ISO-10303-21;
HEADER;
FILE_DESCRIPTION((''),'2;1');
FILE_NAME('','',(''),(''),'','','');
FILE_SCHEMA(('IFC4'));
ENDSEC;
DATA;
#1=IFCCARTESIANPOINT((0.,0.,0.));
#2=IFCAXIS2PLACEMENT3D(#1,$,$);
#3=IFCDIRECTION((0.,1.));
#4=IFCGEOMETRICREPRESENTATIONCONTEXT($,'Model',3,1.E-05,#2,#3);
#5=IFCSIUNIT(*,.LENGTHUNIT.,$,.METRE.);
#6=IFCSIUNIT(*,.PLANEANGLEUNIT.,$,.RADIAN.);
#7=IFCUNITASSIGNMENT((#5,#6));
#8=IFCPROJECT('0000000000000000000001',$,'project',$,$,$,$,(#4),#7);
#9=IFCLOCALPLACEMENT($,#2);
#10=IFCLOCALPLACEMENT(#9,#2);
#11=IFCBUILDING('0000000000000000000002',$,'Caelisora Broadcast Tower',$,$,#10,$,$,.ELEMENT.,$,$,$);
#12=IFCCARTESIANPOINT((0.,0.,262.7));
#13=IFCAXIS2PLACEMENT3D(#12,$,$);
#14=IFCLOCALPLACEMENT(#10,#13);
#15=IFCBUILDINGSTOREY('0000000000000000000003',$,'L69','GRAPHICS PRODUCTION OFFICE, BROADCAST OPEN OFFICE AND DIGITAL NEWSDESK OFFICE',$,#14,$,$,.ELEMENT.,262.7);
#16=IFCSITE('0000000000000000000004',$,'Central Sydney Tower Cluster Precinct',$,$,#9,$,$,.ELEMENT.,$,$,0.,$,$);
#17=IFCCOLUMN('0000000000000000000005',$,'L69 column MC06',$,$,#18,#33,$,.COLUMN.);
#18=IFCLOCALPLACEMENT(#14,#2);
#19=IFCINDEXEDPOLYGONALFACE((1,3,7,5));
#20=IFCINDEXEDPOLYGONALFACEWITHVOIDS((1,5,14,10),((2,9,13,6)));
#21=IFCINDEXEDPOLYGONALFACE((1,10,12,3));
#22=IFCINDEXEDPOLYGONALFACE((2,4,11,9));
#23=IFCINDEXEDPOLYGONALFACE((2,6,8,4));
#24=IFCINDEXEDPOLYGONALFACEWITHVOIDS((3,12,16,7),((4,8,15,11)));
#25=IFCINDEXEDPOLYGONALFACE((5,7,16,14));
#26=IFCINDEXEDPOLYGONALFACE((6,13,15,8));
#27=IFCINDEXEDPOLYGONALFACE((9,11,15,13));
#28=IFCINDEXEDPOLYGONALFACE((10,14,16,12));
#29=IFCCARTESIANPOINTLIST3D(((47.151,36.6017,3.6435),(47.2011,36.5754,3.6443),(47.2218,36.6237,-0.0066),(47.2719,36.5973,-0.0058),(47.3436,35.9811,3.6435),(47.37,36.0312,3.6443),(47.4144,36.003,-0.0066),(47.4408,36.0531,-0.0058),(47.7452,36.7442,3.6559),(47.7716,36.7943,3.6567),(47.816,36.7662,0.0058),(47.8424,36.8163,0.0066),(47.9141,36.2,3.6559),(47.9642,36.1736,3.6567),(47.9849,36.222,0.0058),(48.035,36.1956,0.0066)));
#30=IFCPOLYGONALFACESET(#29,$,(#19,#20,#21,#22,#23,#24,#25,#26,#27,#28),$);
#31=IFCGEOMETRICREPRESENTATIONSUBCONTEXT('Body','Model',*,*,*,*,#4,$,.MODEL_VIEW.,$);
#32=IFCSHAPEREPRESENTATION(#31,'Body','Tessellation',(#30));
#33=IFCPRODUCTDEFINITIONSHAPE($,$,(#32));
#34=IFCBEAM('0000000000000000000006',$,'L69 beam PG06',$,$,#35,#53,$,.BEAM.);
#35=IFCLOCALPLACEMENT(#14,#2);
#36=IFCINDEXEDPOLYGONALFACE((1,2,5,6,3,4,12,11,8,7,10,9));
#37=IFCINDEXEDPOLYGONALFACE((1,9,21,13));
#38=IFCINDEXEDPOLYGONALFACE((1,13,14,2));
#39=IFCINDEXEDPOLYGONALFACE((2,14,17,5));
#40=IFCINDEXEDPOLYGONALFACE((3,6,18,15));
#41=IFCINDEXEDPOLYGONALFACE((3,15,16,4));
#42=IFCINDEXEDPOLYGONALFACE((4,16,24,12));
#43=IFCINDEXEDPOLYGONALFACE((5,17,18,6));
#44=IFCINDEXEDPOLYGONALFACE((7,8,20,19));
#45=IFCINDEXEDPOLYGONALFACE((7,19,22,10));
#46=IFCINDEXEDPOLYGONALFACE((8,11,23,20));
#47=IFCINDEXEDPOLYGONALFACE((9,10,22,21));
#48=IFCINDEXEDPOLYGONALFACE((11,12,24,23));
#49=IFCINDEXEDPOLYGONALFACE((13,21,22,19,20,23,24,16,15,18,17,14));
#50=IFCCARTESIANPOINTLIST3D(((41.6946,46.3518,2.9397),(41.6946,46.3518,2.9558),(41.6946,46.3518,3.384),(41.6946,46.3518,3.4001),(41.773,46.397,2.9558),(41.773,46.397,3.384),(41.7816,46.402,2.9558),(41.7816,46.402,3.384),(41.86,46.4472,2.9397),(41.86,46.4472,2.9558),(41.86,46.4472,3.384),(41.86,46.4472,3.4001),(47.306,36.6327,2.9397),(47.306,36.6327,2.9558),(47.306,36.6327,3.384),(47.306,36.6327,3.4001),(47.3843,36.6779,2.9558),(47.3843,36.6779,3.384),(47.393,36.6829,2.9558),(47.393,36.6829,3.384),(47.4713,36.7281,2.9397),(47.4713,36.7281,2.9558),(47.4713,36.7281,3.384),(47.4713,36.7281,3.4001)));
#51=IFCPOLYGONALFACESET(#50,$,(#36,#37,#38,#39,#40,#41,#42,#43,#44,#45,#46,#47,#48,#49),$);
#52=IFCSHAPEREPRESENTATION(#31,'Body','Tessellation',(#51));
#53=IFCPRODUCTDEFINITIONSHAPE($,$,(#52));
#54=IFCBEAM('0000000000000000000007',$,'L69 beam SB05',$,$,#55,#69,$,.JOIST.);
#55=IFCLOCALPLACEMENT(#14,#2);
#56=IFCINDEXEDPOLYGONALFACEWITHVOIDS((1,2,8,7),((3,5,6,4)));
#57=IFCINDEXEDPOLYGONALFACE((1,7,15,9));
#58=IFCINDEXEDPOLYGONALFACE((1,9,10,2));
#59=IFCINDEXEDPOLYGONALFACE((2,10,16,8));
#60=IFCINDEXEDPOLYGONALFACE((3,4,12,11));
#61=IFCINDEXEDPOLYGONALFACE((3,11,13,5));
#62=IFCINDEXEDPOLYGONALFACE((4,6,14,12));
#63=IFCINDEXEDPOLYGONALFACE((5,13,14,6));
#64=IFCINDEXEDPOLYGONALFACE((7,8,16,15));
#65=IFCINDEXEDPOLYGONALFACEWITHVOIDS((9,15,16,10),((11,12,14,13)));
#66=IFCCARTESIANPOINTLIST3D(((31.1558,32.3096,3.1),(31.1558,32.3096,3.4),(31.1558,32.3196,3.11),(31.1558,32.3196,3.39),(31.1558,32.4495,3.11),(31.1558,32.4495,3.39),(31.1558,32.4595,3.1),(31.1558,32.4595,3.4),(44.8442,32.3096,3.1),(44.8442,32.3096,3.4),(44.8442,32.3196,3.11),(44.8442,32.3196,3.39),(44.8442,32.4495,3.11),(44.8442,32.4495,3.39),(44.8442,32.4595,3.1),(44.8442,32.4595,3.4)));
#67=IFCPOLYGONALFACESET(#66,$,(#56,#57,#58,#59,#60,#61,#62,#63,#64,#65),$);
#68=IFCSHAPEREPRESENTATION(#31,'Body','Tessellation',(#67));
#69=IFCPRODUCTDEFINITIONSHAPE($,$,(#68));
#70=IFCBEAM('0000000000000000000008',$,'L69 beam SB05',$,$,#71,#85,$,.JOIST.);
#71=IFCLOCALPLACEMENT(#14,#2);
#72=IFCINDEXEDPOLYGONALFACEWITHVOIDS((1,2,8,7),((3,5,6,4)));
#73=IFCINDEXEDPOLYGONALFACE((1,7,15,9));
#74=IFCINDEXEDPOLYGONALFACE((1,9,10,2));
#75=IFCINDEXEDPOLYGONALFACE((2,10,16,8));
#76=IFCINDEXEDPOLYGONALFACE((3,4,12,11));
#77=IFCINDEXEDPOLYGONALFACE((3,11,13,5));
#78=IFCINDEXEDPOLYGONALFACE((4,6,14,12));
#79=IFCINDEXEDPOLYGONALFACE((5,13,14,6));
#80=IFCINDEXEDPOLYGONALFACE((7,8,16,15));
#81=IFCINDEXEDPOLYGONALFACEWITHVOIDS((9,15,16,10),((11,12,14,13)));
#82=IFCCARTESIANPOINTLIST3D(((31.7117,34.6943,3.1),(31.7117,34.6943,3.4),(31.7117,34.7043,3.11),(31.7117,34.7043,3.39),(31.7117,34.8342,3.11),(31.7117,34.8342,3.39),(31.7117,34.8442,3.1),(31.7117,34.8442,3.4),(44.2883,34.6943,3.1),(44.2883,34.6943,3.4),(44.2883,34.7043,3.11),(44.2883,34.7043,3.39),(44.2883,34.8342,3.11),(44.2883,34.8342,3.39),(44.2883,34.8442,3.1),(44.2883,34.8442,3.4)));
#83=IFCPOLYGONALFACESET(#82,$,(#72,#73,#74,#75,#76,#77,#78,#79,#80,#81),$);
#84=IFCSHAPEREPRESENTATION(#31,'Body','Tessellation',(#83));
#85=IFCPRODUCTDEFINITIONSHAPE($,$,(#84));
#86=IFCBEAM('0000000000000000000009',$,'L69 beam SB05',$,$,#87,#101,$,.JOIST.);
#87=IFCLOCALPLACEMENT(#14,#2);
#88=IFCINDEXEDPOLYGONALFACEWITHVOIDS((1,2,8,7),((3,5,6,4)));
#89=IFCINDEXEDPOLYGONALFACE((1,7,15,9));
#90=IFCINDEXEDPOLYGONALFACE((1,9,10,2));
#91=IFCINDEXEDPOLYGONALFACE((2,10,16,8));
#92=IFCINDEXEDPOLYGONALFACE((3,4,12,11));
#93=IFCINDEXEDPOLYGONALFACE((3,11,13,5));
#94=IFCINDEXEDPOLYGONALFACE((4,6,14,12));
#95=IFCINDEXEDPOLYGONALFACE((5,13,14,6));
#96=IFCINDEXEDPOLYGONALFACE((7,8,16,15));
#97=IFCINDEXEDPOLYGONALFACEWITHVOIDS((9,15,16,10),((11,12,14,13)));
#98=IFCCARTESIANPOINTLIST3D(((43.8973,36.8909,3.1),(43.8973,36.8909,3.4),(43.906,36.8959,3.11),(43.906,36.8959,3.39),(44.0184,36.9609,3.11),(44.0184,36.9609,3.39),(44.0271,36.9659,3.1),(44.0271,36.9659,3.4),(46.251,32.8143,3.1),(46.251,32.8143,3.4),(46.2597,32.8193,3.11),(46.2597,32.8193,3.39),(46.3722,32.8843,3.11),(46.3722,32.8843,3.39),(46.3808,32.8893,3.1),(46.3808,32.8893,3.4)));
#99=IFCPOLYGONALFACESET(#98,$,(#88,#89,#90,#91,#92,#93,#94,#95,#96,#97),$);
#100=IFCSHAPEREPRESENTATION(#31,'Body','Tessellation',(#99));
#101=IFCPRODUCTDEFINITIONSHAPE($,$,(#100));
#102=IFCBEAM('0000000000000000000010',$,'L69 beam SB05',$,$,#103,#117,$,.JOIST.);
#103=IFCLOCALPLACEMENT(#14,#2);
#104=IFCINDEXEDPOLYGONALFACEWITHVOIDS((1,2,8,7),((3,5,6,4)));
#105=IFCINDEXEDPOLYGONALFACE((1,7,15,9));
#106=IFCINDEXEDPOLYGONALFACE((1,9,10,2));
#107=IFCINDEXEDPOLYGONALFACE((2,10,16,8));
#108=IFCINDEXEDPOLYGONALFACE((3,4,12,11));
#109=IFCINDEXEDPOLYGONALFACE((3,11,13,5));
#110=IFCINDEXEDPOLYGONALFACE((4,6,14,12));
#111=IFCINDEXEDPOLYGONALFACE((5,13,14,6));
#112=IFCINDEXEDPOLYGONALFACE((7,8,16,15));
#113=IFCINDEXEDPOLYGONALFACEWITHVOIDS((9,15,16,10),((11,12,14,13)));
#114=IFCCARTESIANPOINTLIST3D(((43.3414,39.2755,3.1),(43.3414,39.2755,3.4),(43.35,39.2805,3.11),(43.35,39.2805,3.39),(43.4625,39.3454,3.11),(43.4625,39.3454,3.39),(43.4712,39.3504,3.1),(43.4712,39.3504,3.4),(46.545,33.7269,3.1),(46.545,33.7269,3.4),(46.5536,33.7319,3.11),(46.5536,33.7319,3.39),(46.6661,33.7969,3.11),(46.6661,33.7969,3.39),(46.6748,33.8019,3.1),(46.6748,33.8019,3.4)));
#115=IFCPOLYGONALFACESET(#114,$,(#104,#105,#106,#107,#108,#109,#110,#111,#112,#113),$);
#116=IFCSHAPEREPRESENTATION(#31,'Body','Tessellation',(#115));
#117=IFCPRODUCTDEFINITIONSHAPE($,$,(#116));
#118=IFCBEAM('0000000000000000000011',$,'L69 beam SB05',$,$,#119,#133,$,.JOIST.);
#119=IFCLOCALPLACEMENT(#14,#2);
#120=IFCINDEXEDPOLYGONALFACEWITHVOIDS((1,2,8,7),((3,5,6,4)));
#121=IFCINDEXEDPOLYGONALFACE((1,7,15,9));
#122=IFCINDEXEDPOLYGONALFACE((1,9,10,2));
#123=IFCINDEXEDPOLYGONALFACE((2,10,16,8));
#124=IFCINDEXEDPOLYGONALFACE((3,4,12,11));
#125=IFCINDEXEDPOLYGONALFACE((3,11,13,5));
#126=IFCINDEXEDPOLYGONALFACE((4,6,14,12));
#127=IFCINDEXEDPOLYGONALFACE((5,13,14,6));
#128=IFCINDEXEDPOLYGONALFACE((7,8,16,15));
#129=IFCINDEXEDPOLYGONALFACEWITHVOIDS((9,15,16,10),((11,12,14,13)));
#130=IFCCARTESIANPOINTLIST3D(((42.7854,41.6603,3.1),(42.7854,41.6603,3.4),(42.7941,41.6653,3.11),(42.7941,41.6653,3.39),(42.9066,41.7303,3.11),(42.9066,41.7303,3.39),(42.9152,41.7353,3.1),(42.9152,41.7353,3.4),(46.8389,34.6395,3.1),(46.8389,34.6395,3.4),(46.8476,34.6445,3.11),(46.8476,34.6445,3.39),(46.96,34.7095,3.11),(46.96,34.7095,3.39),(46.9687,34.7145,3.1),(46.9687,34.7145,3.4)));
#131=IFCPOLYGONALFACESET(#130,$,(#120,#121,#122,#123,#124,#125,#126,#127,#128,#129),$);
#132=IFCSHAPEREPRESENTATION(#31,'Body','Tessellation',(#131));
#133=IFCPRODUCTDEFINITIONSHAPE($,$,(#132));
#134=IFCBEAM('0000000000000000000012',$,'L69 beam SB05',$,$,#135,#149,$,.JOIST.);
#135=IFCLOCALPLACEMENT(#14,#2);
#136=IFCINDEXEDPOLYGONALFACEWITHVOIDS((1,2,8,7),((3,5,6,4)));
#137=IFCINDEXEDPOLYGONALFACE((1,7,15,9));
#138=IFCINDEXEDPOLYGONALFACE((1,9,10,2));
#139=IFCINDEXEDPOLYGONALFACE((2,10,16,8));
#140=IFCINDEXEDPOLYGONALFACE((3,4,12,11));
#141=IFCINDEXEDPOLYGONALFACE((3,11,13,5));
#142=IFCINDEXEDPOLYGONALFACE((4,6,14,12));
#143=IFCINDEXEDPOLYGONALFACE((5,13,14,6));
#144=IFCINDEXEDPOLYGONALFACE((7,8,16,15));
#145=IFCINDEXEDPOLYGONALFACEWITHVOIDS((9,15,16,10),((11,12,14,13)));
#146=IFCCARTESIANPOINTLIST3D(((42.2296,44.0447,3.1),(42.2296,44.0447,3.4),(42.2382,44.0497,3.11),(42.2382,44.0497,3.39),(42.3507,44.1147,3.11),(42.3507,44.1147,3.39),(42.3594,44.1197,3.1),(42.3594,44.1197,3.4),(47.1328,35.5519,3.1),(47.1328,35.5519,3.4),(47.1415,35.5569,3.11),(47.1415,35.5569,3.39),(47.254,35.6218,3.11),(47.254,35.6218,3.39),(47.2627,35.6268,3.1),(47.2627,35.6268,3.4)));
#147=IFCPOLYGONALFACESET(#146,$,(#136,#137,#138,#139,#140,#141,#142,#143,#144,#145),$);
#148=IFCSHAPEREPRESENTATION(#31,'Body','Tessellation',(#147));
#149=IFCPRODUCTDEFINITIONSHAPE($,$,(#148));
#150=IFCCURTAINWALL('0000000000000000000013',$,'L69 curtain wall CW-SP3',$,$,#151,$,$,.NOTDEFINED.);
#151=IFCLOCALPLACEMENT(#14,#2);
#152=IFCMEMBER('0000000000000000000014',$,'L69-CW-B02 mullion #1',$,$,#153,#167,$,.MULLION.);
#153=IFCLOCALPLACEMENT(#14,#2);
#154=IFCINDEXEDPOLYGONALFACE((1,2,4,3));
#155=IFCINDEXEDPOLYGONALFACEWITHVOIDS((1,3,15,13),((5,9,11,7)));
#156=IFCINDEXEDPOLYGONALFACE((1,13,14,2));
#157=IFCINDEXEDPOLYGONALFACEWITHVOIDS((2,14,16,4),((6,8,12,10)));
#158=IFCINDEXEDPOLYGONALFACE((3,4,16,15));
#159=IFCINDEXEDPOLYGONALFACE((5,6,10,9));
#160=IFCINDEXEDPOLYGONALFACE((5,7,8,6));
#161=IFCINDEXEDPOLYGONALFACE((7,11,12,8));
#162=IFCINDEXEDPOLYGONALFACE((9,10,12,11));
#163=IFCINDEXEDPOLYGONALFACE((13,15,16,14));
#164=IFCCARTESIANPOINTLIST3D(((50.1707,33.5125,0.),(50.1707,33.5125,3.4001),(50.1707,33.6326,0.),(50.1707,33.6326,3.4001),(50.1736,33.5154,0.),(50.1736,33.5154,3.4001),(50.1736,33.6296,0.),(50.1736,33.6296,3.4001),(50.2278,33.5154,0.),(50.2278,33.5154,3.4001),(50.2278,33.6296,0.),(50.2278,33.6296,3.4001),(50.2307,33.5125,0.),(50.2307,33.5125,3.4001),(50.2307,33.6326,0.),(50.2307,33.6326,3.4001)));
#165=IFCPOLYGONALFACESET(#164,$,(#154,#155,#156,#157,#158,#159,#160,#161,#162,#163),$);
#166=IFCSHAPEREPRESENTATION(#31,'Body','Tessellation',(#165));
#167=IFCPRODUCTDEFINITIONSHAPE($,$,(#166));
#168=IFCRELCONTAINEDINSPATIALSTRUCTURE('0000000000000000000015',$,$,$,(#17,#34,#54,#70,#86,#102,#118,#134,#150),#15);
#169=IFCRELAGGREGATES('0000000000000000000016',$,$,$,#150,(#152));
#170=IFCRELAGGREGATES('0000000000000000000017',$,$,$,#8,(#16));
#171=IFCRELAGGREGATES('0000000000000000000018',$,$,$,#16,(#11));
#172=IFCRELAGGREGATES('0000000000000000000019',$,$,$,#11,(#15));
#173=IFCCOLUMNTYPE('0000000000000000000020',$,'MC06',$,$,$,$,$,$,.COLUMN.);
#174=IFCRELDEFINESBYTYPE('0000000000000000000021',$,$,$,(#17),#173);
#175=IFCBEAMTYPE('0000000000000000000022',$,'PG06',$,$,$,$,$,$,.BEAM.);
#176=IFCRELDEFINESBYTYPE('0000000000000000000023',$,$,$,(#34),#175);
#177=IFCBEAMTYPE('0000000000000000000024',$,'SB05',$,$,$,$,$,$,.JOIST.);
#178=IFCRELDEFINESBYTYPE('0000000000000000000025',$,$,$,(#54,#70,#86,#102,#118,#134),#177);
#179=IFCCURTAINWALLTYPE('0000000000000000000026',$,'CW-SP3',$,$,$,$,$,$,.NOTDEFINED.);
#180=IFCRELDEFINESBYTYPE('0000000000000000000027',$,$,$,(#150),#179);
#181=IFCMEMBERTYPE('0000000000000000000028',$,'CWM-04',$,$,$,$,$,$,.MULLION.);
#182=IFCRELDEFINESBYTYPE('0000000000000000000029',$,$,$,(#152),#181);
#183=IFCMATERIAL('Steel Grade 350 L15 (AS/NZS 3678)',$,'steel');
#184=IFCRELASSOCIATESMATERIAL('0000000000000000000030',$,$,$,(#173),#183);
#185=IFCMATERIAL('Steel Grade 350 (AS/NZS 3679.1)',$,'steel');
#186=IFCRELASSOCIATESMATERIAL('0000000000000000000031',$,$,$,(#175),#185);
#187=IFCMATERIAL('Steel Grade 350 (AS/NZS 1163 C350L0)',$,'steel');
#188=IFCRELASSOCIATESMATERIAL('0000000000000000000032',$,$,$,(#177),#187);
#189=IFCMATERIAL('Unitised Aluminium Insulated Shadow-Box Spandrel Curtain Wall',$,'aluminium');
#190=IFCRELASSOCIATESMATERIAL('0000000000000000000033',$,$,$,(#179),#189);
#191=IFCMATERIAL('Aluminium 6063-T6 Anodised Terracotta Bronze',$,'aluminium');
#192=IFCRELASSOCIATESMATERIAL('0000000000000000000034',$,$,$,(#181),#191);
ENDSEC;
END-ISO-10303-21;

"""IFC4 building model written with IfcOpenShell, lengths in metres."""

from ifc_helpers import new_model, si_unit, direction, frame, origin, origin_2d, place, context, subcontext, project, spatial, hollow_rectangle, i_section, extrude, source, transform, mapped, material, material_profile, profile_set, type_object, type_shapes, element, aggregate, save


model = new_model("IFC4")

# Units and contexts
model_context = context("Model", 3, precision=1e-05, world=origin(), true_north=direction((0.0, 1.0)))
body_context = subcontext(model_context, "Body", "Model", "MODEL_VIEW")
ifc_project = project(units=[si_unit("LENGTHUNIT", "METRE"), si_unit("PLANEANGLEUNIT", "RADIAN")], contexts=[model_context])

# Site, building, storey
site_placement = place(None, origin())
site = spatial("IfcSite", under=ifc_project, at=site_placement, Name="Central Sydney Tower Cluster Precinct", CompositionType="ELEMENT", RefElevation=0.0)
building_placement = place(site_placement, origin())
building = spatial("IfcBuilding", under=site, at=building_placement, Name="Caelisora Broadcast Tower", CompositionType="ELEMENT")
storey_placement = place(building_placement, frame((0.0, 0.0, 262.7)))
storey = spatial("IfcBuildingStorey", under=building, at=storey_placement, Name="L69", Description="GRAPHICS PRODUCTION OFFICE, BROADCAST OPEN OFFICE AND DIGITAL NEWSDESK OFFICE", CompositionType="ELEMENT", Elevation=262.7)

# Column
ifc_material_1 = material(Name="Steel Grade 350 L15 (AS/NZS 3678)", Category="steel")
ifc_material_profile_1 = material_profile(ifc_material_1, hollow_rectangle(XDim=0.6499, YDim=0.6499, WallThickness=0.04, at=origin_2d()), Name="Steel Grade 350 L15 (AS/NZS 3678)")
ifc_profile_set_1 = profile_set([ifc_material_profile_1], Name="Steel Grade 350 L15 (AS/NZS 3678)")
column_type = type_object("IfcColumnType", Name="MC06", PredefinedType="COLUMN", material=ifc_profile_set_1)
shared_shape_1 = source(origin(), body_context, "Body", "SweptSolid", [
    extrude(hollow_rectangle(XDim=0.6499, YDim=0.6499, WallThickness=0.04, at=origin_2d()), origin(), (0.0, 0.0, 1.0), 3.6509),
])
type_shapes(column_type, [shared_shape_1])
column_placement = place(storey_placement, frame((47.6284, 36.4097, 0.0), z_axis=(-0.019393, -0.006018, 0.999794), x_axis=(0.296399, -0.955064, 0.0)))
element("IfcColumn", 1, at=column_placement, inside=storey, type_object=column_type, Name="L69 column MC06", PredefinedType="COLUMN", context=body_context, shape_type="MappedRepresentation", body=[
    mapped(shared_shape_1, transform((0.0, 0.0, 0.0), scale=1.0)),
])

# Beams
ifc_material_2 = material(Name="Steel Grade 350 (AS/NZS 3679.1)", Category="steel")
ifc_material_profile_2 = material_profile(ifc_material_2, i_section(OverallWidth=0.1909, OverallDepth=0.4604, WebThickness=0.01, FlangeThickness=0.0161, at=origin_2d()), Name="Steel Grade 350 (AS/NZS 3679.1)")
ifc_profile_set_2 = profile_set([ifc_material_profile_2], Name="Steel Grade 350 (AS/NZS 3679.1)")
beam_type_1 = type_object("IfcBeamType", Name="PG06", PredefinedType="BEAM", material=ifc_profile_set_2)
shared_shape_2 = source(origin(), body_context, "Body", "SweptSolid", [
    extrude(i_section(OverallWidth=0.1909, OverallDepth=0.4604, WebThickness=0.01, FlangeThickness=0.0161, at=origin_2d()), origin(), (0.0, 0.0, 1.0), 11.2227),
])
type_shapes(beam_type_1, [shared_shape_2])
beam_1_placement = place(storey_placement, frame((47.3887, 36.6804, 3.1699), z_axis=(-0.500004, 0.866023, 0.0), x_axis=(-0.866023, -0.500004, 0.0)))
element("IfcBeam", 2, at=beam_1_placement, inside=storey, type_object=beam_type_1, Name="L69 beam PG06", PredefinedType="BEAM", context=body_context, shape_type="MappedRepresentation", body=[
    mapped(shared_shape_2, transform((0.0, 0.0, 0.0), scale=1.0)),
])
ifc_material_3 = material(Name="Steel Grade 350 (AS/NZS 1163 C350L0)", Category="steel")
ifc_material_profile_3 = material_profile(ifc_material_3, hollow_rectangle(XDim=0.1499, YDim=0.3, WallThickness=0.01, at=origin_2d()), Name="Steel Grade 350 (AS/NZS 1163 C350L0)")
ifc_profile_set_3 = profile_set([ifc_material_profile_3], Name="Steel Grade 350 (AS/NZS 1163 C350L0)")
beam_type_2 = type_object("IfcBeamType", Name="SB05", PredefinedType="JOIST", material=ifc_profile_set_3)
shared_shape_3 = source(origin(), body_context, "Body", "SweptSolid", [
    extrude(hollow_rectangle(XDim=0.1499, YDim=0.3, WallThickness=0.01, at=origin_2d()), origin(), (0.0, 0.0, 1.0), 13.6885),
])
beam_2_placement = place(storey_placement, frame((44.8442, 32.3845, 3.25), z_axis=(-1.0, 0.0, 0.0), x_axis=(0.0, -1.0, 0.0)))
element("IfcBeam", 3, at=beam_2_placement, inside=storey, type_object=beam_type_2, Name="L69 beam SB05", PredefinedType="JOIST", context=body_context, shape_type="MappedRepresentation", body=[
    mapped(shared_shape_3, transform((0.0, 0.0, 0.0), scale=1.0)),
])
shared_shape_4 = source(origin(), body_context, "Body", "SweptSolid", [
    extrude(hollow_rectangle(XDim=0.1499, YDim=0.3, WallThickness=0.01, at=origin_2d()), origin(), (0.0, 0.0, 1.0), 12.5767),
])
beam_3_placement = place(storey_placement, frame((44.2883, 34.7693, 3.25), z_axis=(-1.0, 0.0, 0.0), x_axis=(0.0, -1.0, 0.0)))
element("IfcBeam", 4, at=beam_3_placement, inside=storey, type_object=beam_type_2, Name="L69 beam SB05", PredefinedType="JOIST", context=body_context, shape_type="MappedRepresentation", body=[
    mapped(shared_shape_4, transform((0.0, 0.0, 0.0), scale=1.0)),
])
shared_shape_5 = source(origin(), body_context, "Body", "SweptSolid", [
    extrude(hollow_rectangle(XDim=0.1499, YDim=0.3, WallThickness=0.01, at=origin_2d()), origin(), (0.0, 0.0, 1.0), 4.7073),
])
beam_4_placement = place(storey_placement, frame((46.3159, 32.8518, 3.25), z_axis=(-0.500016, 0.866016, 0.0), x_axis=(-0.866016, -0.500016, 0.0)))
element("IfcBeam", 5, at=beam_4_placement, inside=storey, type_object=beam_type_2, Name="L69 beam SB05", PredefinedType="JOIST", context=body_context, shape_type="MappedRepresentation", body=[
    mapped(shared_shape_5, transform((0.0, 0.0, 0.0), scale=1.0)),
])
shared_shape_6 = source(origin(), body_context, "Body", "SweptSolid", [
    extrude(hollow_rectangle(XDim=0.1499, YDim=0.3, WallThickness=0.01, at=origin_2d()), origin(), (0.0, 0.0, 1.0), 6.407),
])
beam_5_placement = place(storey_placement, frame((46.6099, 33.7644, 3.25), z_axis=(-0.500016, 0.866016, 0.0), x_axis=(-0.866016, -0.500016, 0.0)))
element("IfcBeam", 6, at=beam_5_placement, inside=storey, type_object=beam_type_2, Name="L69 beam SB05", PredefinedType="JOIST", context=body_context, shape_type="MappedRepresentation", body=[
    mapped(shared_shape_6, transform((0.0, 0.0, 0.0), scale=1.0)),
])
shared_shape_7 = source(origin(), body_context, "Body", "SweptSolid", [
    extrude(hollow_rectangle(XDim=0.1499, YDim=0.3, WallThickness=0.01, at=origin_2d()), origin(), (0.0, 0.0, 1.0), 8.1069),
])
beam_6_placement = place(storey_placement, frame((46.9038, 34.677, 3.25), z_axis=(-0.500003, 0.866024, 0.0), x_axis=(-0.866024, -0.500003, 0.0)))
element("IfcBeam", 7, at=beam_6_placement, inside=storey, type_object=beam_type_2, Name="L69 beam SB05", PredefinedType="JOIST", context=body_context, shape_type="MappedRepresentation", body=[
    mapped(shared_shape_7, transform((0.0, 0.0, 0.0), scale=1.0)),
])
shared_shape_8 = source(origin(), body_context, "Body", "SweptSolid", [
    extrude(hollow_rectangle(XDim=0.1499, YDim=0.3, WallThickness=0.01, at=origin_2d()), origin(), (0.0, 0.0, 1.0), 9.8066),
])
type_shapes(beam_type_2, [shared_shape_3, shared_shape_4, shared_shape_5, shared_shape_6, shared_shape_7, shared_shape_8])
beam_7_placement = place(storey_placement, frame((47.1978, 35.5894, 3.25), z_axis=(-0.499995, 0.866028, 0.0), x_axis=(-0.866028, -0.499995, 0.0)))
element("IfcBeam", 8, at=beam_7_placement, inside=storey, type_object=beam_type_2, Name="L69 beam SB05", PredefinedType="JOIST", context=body_context, shape_type="MappedRepresentation", body=[
    mapped(shared_shape_8, transform((0.0, 0.0, 0.0), scale=1.0)),
])

# Curtain wall, member
ifc_material_4 = material(Name="Unitised Aluminium Insulated Shadow-Box Spandrel Curtain Wall", Category="aluminium")
curtain_wall_type = type_object("IfcCurtainWallType", Name="CW-SP3", PredefinedType="NOTDEFINED", material=ifc_material_4)
curtain_wall_placement = place(storey_placement, origin())
curtain_wall = element("IfcCurtainWall", 9, at=curtain_wall_placement, inside=storey, type_object=curtain_wall_type, Name="L69 curtain wall CW-SP3", PredefinedType="NOTDEFINED")
ifc_material_5 = material(Name="Aluminium 6063-T6 Anodised Terracotta Bronze", Category="aluminium")
ifc_material_profile_4 = material_profile(ifc_material_5, hollow_rectangle(XDim=0.0601, YDim=0.1201, WallThickness=0.0029, at=origin_2d()), Name="Aluminium 6063-T6 Anodised Terracotta Bronze")
ifc_profile_set_4 = profile_set([ifc_material_profile_4], Name="Aluminium 6063-T6 Anodised Terracotta Bronze")
member_type = type_object("IfcMemberType", Name="CWM-04", PredefinedType="MULLION", material=ifc_profile_set_4)
shared_shape_9 = source(origin(), body_context, "Body", "SweptSolid", [
    extrude(hollow_rectangle(XDim=0.0601, YDim=0.1201, WallThickness=0.0029, at=origin_2d()), origin(), (0.0, 0.0, 1.0), 3.4001),
])
type_shapes(member_type, [shared_shape_9])
member_placement = place(storey_placement, frame((50.2007, 33.5725, 0.0), z_axis=(0.0, 0.0, 1.0), x_axis=(1.0, 0.0, 0.0)))
member = element("IfcMember", 10, at=member_placement, type_object=member_type, Name="L69-CW-B02 mullion #1", PredefinedType="MULLION", context=body_context, shape_type="MappedRepresentation", body=[
    mapped(shared_shape_9, transform((0.0, 0.0, 0.0), scale=1.0)),
])

aggregate(curtain_wall, [member])

save(model, "model.ifc")
